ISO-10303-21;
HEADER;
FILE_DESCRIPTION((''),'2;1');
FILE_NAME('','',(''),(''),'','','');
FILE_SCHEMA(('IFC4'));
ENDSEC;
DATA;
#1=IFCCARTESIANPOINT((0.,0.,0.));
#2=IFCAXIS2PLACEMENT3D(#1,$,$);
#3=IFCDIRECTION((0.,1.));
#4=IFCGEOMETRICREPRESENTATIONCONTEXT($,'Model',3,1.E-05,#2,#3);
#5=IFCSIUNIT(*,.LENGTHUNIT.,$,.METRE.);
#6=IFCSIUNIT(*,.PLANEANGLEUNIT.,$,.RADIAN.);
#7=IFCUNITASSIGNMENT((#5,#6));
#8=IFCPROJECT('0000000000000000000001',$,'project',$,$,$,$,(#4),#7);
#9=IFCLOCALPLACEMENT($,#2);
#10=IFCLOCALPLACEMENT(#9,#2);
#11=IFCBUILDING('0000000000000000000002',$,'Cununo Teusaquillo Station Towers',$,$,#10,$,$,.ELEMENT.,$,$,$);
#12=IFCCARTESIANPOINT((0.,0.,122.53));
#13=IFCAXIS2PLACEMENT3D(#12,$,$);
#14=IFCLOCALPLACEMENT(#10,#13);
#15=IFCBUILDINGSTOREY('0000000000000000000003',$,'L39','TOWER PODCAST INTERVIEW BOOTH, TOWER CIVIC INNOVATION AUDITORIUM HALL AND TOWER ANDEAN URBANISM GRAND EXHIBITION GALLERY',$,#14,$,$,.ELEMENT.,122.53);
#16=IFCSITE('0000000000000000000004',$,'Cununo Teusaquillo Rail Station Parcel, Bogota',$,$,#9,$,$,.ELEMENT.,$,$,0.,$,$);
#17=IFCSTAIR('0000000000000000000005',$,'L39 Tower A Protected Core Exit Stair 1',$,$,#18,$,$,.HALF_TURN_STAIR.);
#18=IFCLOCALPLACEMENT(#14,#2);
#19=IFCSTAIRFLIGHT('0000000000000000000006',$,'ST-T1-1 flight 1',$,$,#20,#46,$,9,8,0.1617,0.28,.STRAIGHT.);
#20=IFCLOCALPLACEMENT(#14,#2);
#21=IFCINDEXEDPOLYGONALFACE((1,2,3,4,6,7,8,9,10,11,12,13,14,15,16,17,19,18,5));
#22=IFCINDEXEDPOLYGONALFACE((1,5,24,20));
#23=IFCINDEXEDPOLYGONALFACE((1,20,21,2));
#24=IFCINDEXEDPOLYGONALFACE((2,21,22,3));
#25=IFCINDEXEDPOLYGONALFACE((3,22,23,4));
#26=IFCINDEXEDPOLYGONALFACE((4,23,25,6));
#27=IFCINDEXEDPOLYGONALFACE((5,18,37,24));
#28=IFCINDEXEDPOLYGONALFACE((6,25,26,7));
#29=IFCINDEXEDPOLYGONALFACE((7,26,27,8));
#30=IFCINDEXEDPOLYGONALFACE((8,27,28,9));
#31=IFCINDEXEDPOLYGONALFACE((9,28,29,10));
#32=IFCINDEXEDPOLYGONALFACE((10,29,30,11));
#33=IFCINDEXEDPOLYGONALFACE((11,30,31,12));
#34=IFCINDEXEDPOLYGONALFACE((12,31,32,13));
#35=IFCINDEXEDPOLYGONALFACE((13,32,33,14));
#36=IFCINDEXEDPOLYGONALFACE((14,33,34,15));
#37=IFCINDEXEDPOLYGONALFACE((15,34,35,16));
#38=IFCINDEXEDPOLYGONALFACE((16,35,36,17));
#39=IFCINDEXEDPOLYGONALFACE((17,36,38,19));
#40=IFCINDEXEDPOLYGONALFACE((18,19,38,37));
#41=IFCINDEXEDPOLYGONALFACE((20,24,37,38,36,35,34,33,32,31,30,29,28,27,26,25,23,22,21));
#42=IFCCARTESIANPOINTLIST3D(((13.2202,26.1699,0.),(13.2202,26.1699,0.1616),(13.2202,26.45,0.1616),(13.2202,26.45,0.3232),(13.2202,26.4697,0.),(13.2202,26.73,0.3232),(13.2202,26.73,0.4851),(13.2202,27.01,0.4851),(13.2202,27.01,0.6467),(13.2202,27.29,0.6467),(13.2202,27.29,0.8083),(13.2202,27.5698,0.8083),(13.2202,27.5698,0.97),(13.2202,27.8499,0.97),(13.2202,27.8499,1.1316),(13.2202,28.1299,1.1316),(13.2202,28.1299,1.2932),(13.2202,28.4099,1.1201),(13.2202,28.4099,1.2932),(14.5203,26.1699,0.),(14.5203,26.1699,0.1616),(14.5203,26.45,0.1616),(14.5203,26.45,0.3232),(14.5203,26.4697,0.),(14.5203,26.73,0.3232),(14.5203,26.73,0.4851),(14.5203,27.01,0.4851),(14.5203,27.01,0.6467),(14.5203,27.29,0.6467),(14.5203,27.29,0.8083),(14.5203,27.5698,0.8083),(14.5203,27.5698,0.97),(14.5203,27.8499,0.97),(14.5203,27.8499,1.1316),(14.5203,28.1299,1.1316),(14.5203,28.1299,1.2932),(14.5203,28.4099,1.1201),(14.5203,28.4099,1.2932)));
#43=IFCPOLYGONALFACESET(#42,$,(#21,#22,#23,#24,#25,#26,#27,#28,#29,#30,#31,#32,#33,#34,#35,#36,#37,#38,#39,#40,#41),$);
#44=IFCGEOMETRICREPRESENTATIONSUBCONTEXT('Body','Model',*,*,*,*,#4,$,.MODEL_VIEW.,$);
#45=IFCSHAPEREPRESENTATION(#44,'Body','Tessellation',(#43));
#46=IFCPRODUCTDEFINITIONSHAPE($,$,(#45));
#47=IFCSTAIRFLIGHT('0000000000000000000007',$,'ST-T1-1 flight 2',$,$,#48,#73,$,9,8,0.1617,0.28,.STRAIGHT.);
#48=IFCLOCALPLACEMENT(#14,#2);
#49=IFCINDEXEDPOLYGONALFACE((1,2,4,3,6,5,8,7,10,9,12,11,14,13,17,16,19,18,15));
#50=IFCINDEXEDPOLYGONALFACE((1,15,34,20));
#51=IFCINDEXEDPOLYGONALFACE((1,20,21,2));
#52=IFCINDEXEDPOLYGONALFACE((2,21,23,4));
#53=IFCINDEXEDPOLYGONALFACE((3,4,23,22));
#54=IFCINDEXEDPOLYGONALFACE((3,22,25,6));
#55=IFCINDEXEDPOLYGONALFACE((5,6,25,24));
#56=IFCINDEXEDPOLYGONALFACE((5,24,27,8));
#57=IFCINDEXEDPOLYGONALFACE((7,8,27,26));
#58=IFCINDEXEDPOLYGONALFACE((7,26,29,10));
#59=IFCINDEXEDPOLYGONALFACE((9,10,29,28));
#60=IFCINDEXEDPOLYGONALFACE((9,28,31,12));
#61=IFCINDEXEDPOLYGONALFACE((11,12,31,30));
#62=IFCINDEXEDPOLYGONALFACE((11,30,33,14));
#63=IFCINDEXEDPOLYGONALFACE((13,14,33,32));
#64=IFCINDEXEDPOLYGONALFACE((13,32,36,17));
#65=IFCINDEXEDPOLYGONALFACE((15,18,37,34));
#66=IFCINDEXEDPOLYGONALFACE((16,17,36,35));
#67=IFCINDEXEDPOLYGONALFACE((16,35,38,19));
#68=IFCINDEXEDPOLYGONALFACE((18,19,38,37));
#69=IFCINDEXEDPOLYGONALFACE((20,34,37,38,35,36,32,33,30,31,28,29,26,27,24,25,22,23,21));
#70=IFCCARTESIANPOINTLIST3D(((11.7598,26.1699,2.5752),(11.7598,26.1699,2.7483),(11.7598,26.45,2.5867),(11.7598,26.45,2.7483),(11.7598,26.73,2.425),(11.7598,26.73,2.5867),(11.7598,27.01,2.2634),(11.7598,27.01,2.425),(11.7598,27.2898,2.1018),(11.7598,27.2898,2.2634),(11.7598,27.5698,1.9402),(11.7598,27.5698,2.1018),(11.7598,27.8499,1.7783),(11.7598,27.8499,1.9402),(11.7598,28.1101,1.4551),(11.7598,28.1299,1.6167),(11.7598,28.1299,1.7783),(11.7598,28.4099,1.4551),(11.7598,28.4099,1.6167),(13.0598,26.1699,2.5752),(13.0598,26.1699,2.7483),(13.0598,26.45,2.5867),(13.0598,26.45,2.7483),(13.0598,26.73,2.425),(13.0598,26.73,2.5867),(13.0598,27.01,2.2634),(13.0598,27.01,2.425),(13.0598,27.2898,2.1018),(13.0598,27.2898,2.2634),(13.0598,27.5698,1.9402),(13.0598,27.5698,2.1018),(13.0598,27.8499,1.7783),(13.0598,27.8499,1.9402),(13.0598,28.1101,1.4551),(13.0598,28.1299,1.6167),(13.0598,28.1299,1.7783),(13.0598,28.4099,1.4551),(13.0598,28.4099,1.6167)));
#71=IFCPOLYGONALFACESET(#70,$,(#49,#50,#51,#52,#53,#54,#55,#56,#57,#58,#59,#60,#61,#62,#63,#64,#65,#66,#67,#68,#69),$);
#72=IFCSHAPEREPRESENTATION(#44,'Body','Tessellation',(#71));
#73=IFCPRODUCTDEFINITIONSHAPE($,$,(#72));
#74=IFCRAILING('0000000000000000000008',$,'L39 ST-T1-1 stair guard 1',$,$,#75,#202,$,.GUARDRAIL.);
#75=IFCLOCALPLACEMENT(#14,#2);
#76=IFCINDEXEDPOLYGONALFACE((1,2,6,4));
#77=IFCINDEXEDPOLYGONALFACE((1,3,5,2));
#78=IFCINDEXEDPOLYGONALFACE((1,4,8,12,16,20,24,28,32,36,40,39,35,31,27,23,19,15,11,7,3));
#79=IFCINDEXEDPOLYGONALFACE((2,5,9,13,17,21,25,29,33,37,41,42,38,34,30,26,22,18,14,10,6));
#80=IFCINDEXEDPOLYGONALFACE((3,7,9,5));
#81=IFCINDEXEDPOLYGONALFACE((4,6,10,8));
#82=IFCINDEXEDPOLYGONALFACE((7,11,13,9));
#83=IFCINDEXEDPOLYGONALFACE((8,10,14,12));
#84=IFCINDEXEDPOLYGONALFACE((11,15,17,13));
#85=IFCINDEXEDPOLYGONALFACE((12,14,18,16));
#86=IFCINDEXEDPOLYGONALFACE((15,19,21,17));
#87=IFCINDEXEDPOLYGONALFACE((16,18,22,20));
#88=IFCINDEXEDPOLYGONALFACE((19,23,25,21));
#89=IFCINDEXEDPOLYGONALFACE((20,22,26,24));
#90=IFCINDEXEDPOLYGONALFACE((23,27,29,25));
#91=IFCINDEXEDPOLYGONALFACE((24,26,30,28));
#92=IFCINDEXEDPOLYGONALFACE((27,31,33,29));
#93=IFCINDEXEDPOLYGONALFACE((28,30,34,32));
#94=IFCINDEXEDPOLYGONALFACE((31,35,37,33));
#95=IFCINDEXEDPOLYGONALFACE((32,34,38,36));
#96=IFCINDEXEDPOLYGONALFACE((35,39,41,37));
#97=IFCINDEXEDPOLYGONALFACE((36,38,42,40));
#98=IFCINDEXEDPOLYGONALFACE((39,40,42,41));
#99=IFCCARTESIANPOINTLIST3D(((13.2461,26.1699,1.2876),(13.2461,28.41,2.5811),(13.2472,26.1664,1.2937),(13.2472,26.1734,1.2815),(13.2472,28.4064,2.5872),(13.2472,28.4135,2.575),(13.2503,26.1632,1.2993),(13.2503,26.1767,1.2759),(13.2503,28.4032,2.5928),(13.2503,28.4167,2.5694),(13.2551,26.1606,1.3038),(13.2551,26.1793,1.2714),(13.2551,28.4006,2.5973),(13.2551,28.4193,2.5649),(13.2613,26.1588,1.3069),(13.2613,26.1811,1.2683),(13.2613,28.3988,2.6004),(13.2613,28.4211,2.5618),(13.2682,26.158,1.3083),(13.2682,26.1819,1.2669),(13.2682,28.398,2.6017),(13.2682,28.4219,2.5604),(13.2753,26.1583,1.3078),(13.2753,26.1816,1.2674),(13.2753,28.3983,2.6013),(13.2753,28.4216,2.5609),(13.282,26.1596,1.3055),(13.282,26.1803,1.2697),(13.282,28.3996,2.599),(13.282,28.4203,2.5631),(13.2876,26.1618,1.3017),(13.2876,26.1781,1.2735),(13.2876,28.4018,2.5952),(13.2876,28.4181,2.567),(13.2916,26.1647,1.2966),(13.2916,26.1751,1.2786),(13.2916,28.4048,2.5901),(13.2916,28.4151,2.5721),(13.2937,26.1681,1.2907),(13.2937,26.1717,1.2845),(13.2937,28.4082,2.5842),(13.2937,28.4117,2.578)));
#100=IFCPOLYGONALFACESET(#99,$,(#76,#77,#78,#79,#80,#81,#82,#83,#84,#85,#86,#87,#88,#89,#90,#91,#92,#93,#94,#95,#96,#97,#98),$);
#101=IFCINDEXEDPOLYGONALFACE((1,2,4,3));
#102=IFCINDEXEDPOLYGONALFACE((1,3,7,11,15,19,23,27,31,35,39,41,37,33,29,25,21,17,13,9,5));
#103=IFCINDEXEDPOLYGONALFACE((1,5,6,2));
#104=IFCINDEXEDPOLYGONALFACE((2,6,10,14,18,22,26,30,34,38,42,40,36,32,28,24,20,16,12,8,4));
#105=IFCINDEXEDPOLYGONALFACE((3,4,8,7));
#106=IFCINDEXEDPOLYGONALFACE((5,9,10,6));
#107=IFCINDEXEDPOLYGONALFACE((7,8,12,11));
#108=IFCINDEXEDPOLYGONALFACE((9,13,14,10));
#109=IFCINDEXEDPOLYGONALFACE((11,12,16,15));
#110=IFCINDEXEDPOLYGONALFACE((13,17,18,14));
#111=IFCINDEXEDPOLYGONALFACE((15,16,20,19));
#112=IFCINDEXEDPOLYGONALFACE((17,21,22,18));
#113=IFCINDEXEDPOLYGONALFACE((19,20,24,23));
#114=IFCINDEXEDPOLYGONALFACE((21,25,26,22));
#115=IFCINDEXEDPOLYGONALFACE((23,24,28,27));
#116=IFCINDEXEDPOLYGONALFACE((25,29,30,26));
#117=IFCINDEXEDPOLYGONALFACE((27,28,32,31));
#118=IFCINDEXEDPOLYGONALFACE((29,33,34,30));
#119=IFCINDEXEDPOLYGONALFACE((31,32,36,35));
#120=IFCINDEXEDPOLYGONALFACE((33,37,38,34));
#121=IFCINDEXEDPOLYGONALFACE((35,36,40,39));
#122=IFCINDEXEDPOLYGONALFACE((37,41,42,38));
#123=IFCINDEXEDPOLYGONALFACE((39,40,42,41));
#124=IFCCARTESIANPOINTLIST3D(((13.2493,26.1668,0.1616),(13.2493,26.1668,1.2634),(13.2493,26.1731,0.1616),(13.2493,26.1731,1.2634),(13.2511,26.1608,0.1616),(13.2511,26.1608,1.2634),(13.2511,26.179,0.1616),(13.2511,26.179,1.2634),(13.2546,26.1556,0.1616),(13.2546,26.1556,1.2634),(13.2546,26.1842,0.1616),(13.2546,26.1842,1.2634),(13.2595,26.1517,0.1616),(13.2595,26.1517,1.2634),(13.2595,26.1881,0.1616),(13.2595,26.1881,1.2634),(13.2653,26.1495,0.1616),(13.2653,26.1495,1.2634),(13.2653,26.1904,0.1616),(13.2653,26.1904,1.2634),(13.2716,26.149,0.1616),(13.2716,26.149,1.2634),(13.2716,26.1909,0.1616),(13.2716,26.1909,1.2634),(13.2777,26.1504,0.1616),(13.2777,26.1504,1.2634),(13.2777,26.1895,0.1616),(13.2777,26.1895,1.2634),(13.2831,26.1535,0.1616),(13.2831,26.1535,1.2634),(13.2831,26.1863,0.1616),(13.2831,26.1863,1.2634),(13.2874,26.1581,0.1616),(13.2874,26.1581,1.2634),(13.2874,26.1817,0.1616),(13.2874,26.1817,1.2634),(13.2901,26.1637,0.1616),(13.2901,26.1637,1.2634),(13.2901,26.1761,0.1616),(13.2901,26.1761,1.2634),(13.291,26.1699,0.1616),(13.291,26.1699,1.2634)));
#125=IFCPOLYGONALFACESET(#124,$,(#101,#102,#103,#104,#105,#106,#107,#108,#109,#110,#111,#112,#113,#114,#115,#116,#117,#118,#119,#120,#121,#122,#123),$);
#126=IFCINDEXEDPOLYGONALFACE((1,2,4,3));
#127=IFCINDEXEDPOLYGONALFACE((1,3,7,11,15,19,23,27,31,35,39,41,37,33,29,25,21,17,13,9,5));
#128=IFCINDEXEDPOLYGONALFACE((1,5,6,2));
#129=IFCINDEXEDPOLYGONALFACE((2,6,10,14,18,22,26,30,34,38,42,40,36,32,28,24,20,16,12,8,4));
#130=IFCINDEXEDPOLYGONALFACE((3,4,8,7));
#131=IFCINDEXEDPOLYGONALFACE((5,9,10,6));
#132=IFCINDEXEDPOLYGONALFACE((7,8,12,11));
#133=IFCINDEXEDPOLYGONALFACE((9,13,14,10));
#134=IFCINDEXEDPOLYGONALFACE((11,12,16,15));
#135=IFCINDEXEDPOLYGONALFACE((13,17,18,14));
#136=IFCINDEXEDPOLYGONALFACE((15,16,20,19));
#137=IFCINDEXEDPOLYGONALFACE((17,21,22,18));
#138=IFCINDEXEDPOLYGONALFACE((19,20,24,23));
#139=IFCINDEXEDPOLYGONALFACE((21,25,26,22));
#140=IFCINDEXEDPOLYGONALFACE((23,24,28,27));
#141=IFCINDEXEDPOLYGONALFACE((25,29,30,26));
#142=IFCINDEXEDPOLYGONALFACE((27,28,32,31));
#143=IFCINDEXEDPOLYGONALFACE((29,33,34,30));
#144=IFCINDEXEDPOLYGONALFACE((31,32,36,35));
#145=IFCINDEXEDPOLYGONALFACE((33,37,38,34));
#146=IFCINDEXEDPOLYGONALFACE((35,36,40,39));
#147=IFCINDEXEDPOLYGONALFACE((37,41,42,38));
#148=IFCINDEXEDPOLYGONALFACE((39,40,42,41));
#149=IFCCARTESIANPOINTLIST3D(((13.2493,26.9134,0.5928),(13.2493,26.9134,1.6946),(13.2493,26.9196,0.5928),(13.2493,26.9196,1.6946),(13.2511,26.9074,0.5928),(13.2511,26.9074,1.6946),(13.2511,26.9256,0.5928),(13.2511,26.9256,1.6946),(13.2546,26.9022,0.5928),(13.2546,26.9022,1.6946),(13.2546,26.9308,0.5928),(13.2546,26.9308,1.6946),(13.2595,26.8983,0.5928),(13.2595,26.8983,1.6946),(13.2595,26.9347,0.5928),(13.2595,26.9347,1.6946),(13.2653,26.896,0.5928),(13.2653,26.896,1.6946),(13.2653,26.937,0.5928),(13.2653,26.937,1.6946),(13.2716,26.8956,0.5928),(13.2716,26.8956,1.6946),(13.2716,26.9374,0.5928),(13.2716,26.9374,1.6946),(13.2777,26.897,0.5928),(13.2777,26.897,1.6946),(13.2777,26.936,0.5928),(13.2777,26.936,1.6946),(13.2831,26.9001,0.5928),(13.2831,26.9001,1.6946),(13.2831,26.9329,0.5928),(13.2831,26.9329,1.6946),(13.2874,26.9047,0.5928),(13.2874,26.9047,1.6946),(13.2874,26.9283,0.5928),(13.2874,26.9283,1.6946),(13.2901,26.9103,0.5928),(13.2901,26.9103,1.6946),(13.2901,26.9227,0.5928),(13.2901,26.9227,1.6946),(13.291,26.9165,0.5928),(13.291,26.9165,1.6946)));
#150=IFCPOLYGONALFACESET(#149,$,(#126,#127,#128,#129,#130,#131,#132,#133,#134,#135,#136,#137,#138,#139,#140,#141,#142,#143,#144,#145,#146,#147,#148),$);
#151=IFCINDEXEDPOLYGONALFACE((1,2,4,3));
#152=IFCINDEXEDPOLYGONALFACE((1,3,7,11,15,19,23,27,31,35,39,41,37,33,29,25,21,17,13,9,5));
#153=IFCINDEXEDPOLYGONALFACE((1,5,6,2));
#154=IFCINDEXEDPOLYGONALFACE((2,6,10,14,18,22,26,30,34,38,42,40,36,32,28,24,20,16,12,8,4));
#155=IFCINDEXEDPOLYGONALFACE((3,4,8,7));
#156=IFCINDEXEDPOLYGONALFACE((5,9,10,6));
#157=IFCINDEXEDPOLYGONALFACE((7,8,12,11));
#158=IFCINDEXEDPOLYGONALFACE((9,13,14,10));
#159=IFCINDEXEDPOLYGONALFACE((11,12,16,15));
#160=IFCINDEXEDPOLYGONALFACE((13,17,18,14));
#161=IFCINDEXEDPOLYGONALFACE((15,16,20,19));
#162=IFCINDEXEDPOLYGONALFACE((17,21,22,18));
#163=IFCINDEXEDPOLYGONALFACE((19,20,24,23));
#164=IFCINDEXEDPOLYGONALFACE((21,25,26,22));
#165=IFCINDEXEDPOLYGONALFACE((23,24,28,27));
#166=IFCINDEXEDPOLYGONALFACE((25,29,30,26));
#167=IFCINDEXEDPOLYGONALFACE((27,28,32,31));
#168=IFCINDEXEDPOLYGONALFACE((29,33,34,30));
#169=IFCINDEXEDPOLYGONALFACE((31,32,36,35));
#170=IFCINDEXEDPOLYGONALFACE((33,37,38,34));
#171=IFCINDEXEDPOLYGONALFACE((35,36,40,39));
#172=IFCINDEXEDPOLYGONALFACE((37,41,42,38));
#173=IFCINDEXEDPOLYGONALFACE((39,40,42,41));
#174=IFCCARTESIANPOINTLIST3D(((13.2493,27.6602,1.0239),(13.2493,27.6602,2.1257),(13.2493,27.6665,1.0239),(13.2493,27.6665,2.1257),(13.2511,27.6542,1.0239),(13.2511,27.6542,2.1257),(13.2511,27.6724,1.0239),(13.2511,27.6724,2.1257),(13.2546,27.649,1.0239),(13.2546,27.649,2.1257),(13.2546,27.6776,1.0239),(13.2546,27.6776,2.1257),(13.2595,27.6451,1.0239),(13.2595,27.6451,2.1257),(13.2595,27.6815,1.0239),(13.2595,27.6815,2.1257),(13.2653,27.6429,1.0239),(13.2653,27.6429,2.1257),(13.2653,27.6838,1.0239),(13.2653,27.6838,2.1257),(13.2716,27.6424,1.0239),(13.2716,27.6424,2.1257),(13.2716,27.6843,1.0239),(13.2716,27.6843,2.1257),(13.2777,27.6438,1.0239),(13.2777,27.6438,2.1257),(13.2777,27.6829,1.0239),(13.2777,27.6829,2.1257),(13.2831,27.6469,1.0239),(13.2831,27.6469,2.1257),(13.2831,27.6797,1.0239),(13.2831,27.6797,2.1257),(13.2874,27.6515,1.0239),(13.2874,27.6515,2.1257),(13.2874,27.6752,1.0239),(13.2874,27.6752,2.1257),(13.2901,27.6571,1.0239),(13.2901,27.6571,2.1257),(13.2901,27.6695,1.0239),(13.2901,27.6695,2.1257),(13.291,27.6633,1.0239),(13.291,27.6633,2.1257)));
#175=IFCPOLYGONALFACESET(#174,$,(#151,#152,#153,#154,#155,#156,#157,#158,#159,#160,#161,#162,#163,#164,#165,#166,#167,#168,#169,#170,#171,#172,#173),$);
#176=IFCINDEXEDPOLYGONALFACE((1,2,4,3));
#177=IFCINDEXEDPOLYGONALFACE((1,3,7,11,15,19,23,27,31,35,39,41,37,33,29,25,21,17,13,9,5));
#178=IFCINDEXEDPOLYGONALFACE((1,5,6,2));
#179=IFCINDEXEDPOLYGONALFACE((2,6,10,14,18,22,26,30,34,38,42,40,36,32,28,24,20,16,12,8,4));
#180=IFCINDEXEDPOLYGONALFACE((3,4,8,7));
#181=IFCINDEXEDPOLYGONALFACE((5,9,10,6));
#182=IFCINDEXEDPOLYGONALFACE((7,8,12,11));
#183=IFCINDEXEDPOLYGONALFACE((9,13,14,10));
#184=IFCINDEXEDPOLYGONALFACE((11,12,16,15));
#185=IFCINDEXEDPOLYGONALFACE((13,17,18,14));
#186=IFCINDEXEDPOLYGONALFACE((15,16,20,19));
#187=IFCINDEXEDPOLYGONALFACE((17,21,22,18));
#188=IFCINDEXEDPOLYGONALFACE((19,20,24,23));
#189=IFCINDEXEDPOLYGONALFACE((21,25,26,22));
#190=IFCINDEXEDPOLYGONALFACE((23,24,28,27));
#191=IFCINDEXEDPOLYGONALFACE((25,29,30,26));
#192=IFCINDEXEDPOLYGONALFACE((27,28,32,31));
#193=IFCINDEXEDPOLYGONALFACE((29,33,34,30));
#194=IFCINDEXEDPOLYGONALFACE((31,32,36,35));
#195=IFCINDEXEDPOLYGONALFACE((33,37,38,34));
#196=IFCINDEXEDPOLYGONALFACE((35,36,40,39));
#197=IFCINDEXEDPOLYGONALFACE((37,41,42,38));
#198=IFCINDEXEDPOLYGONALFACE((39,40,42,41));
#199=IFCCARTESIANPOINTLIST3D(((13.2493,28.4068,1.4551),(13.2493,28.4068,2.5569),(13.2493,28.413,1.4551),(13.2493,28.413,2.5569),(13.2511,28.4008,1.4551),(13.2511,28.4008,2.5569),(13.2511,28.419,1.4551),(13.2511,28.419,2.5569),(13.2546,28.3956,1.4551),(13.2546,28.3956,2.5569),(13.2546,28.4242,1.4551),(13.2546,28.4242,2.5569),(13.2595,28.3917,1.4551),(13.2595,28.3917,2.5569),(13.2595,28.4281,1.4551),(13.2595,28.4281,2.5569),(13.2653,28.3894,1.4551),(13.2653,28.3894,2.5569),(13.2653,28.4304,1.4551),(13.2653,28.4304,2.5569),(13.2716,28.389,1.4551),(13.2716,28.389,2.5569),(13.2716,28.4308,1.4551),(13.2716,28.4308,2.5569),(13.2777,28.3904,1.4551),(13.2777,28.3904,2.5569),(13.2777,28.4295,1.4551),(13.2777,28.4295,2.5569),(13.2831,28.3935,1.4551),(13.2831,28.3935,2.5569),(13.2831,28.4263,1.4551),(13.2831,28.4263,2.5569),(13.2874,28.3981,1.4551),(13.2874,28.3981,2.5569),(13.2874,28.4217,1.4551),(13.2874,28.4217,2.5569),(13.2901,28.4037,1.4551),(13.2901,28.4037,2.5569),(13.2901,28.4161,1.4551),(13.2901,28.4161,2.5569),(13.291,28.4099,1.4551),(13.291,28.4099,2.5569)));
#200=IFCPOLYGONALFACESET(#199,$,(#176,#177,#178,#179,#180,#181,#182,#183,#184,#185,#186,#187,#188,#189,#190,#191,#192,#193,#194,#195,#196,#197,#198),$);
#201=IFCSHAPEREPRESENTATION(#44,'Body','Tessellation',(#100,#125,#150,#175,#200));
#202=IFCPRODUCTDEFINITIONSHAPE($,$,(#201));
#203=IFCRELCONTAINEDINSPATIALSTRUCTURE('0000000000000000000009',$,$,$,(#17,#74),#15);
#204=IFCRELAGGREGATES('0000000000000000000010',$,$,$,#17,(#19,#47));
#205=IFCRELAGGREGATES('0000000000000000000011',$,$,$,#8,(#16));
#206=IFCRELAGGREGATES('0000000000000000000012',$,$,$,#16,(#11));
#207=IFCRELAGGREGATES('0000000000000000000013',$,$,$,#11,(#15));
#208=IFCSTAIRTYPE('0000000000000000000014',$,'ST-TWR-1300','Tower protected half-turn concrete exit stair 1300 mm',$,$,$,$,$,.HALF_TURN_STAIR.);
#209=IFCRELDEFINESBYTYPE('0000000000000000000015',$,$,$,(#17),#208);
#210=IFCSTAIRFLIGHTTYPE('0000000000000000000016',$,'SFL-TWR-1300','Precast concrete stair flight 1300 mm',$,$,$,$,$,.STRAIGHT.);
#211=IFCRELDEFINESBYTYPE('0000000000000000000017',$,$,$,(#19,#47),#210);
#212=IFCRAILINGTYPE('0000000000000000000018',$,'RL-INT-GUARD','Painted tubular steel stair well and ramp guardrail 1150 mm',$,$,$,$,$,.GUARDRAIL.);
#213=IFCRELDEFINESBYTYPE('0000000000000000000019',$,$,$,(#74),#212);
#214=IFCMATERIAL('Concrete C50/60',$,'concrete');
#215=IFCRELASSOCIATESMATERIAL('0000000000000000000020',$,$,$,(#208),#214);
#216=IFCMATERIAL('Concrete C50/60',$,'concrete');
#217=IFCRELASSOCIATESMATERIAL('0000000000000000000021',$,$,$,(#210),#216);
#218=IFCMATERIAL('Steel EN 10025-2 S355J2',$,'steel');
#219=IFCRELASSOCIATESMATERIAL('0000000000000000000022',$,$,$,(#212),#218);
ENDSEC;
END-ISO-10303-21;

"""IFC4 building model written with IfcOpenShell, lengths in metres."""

from ifc_helpers import new_model, si_unit, direction, frame, origin, origin_2d, place, context, subcontext, project, spatial, polyline, circle, outline, extrude, material, type_object, element, aggregate, save


model = new_model("IFC4")

# Units and contexts
model_context = context("Model", 3, precision=1e-05, world=origin(), true_north=direction((0.0, 1.0)))
body_context = subcontext(model_context, "Body", "Model", "MODEL_VIEW")
ifc_project = project(units=[si_unit("LENGTHUNIT", "METRE"), si_unit("PLANEANGLEUNIT", "RADIAN")], contexts=[model_context])

# Site, building, storey
site_placement = place(None, origin())
site = spatial("IfcSite", under=ifc_project, at=site_placement, Name="Cununo Teusaquillo Rail Station Parcel, Bogota", CompositionType="ELEMENT", RefElevation=0.0)
building_placement = place(site_placement, origin())
building = spatial("IfcBuilding", under=site, at=building_placement, Name="Cununo Teusaquillo Station Towers", CompositionType="ELEMENT")
storey_placement = place(building_placement, frame((0.0, 0.0, 122.53)))
storey = spatial("IfcBuildingStorey", under=building, at=storey_placement, Name="L39", Description="TOWER PODCAST INTERVIEW BOOTH, TOWER CIVIC INNOVATION AUDITORIUM HALL AND TOWER ANDEAN URBANISM GRAND EXHIBITION GALLERY", CompositionType="ELEMENT", Elevation=122.53)

# Stair, stair flights
ifc_material_1 = material(Name="Concrete C50/60", Category="concrete")
stair_type = type_object("IfcStairType", Name="ST-TWR-1300", Description="Tower protected half-turn concrete exit stair 1300 mm", PredefinedType="HALF_TURN_STAIR", material=ifc_material_1)
stair_placement = place(storey_placement, origin())
stair = element("IfcStair", 1, at=stair_placement, inside=storey, type_object=stair_type, Name="L39 Tower A Protected Core Exit Stair 1", PredefinedType="HALF_TURN_STAIR")
ifc_material_2 = material(Name="Concrete C50/60", Category="concrete")
stair_flight_type = type_object("IfcStairFlightType", Name="SFL-TWR-1300", Description="Precast concrete stair flight 1300 mm", PredefinedType="STRAIGHT", material=ifc_material_2)
stair_flight_1_placement = place(storey_placement, frame((13.8701, 26.1699, 0.0), z_axis=(0.0, 0.0, 1.0), x_axis=(0.0, 1.0, 0.0)))
stair_flight_1 = element("IfcStairFlight", 2, at=stair_flight_1_placement, type_object=stair_flight_type, Name="ST-T1-1 flight 1", NumberOfRisers=9, NumberOfTreads=8, PredefinedType="STRAIGHT", RiserHeight=0.1617, TreadLength=0.28, context=body_context, shape_type="SweptSolid", body=[
    extrude(outline(polyline([(0.0, 0.0), (0.0, 0.1616), (0.28, 0.1616), (0.28, 0.3232), (0.5601, 0.3232), (0.5601, 0.4851), (0.8401, 0.4851), (0.8401, 0.6467), (1.1201, 0.6467), (1.1201, 0.8083), (1.3999, 0.8083), (1.3999, 0.97), (1.6799, 0.97), (1.6799, 1.1316), (1.96, 1.1316), (1.96, 1.2932), (2.24, 1.2932), (2.24, 1.4551), (2.24, 1.1201), (0.2998, 0.0), (0.0, 0.0)])), frame((0.0, 0.6499, 0.0), z_axis=(0.0, -1.0, 0.0), x_axis=(1.0, 0.0, 0.0)), (0.0, 0.0, 1.0), 1.3),
])
stair_flight_2_placement = place(storey_placement, frame((12.4099, 28.4099, 1.4551), z_axis=(0.0, 0.0, 1.0), x_axis=(0.0, -1.0, 0.0)))
stair_flight_2 = element("IfcStairFlight", 3, at=stair_flight_2_placement, type_object=stair_flight_type, Name="ST-T1-1 flight 2", NumberOfRisers=9, NumberOfTreads=8, PredefinedType="STRAIGHT", RiserHeight=0.1617, TreadLength=0.28, context=body_context, shape_type="SweptSolid", body=[
    extrude(outline(polyline([(0.0, 0.0), (0.0, 0.1616), (0.28, 0.1616), (0.28, 0.3232), (0.5601, 0.3232), (0.5601, 0.4851), (0.8401, 0.4851), (0.8401, 0.6467), (1.1201, 0.6467), (1.1201, 0.8083), (1.3999, 0.8083), (1.3999, 0.97), (1.6799, 0.97), (1.6799, 1.1316), (1.96, 1.1316), (1.96, 1.2932), (2.24, 1.2932), (2.24, 1.4551), (2.24, 1.1201), (0.2998, 0.0), (0.0, 0.0)])), frame((0.0, 0.6499, 0.0), z_axis=(0.0, -1.0, 0.0), x_axis=(1.0, 0.0, 0.0)), (0.0, 0.0, 1.0), 1.3),
])
aggregate(stair, [stair_flight_1, stair_flight_2])

# Railing
ifc_material_3 = material(Name="Steel EN 10025-2 S355J2", Category="steel")
railing_type_1 = type_object("IfcRailingType", Name="RL-INT-GUARD", Description="Painted tubular steel stair well and ramp guardrail 1150 mm", PredefinedType="GUARDRAIL", material=ifc_material_3)
railing_1_placement = place(storey_placement, frame((13.27, 26.1699, 0.1616)))
element("IfcRailing", 4, at=railing_1_placement, inside=storey, type_object=railing_type_1, Name="L39 ST-T1-1 stair guard 1", PredefinedType="GUARDRAIL", context=body_context, shape_type="SweptSolid", body=[
    extrude(circle(Radius=0.0239, at=origin_2d()), frame((0.0, 0.0, 1.126), z_axis=(0.0, 0.865992, 0.500057), x_axis=(-1.0, 0.0, 0.0)), (0.0, 0.0, 1.0), 2.5867),
    extrude(circle(Radius=0.021, at=origin_2d()), origin(), (0.0, 0.0, 1.0), 1.1018),
    extrude(circle(Radius=0.021, at=origin_2d()), frame((0.0, 0.7466, 0.4312)), (0.0, 0.0, 1.0), 1.1018),
    extrude(circle(Radius=0.021, at=origin_2d()), frame((0.0, 1.4934, 0.8623)), (0.0, 0.0, 1.0), 1.1018),
    extrude(circle(Radius=0.021, at=origin_2d()), frame((0.0, 2.24, 1.2935)), (0.0, 0.0, 1.0), 1.1018),
])

save(model, "model.ifc")
